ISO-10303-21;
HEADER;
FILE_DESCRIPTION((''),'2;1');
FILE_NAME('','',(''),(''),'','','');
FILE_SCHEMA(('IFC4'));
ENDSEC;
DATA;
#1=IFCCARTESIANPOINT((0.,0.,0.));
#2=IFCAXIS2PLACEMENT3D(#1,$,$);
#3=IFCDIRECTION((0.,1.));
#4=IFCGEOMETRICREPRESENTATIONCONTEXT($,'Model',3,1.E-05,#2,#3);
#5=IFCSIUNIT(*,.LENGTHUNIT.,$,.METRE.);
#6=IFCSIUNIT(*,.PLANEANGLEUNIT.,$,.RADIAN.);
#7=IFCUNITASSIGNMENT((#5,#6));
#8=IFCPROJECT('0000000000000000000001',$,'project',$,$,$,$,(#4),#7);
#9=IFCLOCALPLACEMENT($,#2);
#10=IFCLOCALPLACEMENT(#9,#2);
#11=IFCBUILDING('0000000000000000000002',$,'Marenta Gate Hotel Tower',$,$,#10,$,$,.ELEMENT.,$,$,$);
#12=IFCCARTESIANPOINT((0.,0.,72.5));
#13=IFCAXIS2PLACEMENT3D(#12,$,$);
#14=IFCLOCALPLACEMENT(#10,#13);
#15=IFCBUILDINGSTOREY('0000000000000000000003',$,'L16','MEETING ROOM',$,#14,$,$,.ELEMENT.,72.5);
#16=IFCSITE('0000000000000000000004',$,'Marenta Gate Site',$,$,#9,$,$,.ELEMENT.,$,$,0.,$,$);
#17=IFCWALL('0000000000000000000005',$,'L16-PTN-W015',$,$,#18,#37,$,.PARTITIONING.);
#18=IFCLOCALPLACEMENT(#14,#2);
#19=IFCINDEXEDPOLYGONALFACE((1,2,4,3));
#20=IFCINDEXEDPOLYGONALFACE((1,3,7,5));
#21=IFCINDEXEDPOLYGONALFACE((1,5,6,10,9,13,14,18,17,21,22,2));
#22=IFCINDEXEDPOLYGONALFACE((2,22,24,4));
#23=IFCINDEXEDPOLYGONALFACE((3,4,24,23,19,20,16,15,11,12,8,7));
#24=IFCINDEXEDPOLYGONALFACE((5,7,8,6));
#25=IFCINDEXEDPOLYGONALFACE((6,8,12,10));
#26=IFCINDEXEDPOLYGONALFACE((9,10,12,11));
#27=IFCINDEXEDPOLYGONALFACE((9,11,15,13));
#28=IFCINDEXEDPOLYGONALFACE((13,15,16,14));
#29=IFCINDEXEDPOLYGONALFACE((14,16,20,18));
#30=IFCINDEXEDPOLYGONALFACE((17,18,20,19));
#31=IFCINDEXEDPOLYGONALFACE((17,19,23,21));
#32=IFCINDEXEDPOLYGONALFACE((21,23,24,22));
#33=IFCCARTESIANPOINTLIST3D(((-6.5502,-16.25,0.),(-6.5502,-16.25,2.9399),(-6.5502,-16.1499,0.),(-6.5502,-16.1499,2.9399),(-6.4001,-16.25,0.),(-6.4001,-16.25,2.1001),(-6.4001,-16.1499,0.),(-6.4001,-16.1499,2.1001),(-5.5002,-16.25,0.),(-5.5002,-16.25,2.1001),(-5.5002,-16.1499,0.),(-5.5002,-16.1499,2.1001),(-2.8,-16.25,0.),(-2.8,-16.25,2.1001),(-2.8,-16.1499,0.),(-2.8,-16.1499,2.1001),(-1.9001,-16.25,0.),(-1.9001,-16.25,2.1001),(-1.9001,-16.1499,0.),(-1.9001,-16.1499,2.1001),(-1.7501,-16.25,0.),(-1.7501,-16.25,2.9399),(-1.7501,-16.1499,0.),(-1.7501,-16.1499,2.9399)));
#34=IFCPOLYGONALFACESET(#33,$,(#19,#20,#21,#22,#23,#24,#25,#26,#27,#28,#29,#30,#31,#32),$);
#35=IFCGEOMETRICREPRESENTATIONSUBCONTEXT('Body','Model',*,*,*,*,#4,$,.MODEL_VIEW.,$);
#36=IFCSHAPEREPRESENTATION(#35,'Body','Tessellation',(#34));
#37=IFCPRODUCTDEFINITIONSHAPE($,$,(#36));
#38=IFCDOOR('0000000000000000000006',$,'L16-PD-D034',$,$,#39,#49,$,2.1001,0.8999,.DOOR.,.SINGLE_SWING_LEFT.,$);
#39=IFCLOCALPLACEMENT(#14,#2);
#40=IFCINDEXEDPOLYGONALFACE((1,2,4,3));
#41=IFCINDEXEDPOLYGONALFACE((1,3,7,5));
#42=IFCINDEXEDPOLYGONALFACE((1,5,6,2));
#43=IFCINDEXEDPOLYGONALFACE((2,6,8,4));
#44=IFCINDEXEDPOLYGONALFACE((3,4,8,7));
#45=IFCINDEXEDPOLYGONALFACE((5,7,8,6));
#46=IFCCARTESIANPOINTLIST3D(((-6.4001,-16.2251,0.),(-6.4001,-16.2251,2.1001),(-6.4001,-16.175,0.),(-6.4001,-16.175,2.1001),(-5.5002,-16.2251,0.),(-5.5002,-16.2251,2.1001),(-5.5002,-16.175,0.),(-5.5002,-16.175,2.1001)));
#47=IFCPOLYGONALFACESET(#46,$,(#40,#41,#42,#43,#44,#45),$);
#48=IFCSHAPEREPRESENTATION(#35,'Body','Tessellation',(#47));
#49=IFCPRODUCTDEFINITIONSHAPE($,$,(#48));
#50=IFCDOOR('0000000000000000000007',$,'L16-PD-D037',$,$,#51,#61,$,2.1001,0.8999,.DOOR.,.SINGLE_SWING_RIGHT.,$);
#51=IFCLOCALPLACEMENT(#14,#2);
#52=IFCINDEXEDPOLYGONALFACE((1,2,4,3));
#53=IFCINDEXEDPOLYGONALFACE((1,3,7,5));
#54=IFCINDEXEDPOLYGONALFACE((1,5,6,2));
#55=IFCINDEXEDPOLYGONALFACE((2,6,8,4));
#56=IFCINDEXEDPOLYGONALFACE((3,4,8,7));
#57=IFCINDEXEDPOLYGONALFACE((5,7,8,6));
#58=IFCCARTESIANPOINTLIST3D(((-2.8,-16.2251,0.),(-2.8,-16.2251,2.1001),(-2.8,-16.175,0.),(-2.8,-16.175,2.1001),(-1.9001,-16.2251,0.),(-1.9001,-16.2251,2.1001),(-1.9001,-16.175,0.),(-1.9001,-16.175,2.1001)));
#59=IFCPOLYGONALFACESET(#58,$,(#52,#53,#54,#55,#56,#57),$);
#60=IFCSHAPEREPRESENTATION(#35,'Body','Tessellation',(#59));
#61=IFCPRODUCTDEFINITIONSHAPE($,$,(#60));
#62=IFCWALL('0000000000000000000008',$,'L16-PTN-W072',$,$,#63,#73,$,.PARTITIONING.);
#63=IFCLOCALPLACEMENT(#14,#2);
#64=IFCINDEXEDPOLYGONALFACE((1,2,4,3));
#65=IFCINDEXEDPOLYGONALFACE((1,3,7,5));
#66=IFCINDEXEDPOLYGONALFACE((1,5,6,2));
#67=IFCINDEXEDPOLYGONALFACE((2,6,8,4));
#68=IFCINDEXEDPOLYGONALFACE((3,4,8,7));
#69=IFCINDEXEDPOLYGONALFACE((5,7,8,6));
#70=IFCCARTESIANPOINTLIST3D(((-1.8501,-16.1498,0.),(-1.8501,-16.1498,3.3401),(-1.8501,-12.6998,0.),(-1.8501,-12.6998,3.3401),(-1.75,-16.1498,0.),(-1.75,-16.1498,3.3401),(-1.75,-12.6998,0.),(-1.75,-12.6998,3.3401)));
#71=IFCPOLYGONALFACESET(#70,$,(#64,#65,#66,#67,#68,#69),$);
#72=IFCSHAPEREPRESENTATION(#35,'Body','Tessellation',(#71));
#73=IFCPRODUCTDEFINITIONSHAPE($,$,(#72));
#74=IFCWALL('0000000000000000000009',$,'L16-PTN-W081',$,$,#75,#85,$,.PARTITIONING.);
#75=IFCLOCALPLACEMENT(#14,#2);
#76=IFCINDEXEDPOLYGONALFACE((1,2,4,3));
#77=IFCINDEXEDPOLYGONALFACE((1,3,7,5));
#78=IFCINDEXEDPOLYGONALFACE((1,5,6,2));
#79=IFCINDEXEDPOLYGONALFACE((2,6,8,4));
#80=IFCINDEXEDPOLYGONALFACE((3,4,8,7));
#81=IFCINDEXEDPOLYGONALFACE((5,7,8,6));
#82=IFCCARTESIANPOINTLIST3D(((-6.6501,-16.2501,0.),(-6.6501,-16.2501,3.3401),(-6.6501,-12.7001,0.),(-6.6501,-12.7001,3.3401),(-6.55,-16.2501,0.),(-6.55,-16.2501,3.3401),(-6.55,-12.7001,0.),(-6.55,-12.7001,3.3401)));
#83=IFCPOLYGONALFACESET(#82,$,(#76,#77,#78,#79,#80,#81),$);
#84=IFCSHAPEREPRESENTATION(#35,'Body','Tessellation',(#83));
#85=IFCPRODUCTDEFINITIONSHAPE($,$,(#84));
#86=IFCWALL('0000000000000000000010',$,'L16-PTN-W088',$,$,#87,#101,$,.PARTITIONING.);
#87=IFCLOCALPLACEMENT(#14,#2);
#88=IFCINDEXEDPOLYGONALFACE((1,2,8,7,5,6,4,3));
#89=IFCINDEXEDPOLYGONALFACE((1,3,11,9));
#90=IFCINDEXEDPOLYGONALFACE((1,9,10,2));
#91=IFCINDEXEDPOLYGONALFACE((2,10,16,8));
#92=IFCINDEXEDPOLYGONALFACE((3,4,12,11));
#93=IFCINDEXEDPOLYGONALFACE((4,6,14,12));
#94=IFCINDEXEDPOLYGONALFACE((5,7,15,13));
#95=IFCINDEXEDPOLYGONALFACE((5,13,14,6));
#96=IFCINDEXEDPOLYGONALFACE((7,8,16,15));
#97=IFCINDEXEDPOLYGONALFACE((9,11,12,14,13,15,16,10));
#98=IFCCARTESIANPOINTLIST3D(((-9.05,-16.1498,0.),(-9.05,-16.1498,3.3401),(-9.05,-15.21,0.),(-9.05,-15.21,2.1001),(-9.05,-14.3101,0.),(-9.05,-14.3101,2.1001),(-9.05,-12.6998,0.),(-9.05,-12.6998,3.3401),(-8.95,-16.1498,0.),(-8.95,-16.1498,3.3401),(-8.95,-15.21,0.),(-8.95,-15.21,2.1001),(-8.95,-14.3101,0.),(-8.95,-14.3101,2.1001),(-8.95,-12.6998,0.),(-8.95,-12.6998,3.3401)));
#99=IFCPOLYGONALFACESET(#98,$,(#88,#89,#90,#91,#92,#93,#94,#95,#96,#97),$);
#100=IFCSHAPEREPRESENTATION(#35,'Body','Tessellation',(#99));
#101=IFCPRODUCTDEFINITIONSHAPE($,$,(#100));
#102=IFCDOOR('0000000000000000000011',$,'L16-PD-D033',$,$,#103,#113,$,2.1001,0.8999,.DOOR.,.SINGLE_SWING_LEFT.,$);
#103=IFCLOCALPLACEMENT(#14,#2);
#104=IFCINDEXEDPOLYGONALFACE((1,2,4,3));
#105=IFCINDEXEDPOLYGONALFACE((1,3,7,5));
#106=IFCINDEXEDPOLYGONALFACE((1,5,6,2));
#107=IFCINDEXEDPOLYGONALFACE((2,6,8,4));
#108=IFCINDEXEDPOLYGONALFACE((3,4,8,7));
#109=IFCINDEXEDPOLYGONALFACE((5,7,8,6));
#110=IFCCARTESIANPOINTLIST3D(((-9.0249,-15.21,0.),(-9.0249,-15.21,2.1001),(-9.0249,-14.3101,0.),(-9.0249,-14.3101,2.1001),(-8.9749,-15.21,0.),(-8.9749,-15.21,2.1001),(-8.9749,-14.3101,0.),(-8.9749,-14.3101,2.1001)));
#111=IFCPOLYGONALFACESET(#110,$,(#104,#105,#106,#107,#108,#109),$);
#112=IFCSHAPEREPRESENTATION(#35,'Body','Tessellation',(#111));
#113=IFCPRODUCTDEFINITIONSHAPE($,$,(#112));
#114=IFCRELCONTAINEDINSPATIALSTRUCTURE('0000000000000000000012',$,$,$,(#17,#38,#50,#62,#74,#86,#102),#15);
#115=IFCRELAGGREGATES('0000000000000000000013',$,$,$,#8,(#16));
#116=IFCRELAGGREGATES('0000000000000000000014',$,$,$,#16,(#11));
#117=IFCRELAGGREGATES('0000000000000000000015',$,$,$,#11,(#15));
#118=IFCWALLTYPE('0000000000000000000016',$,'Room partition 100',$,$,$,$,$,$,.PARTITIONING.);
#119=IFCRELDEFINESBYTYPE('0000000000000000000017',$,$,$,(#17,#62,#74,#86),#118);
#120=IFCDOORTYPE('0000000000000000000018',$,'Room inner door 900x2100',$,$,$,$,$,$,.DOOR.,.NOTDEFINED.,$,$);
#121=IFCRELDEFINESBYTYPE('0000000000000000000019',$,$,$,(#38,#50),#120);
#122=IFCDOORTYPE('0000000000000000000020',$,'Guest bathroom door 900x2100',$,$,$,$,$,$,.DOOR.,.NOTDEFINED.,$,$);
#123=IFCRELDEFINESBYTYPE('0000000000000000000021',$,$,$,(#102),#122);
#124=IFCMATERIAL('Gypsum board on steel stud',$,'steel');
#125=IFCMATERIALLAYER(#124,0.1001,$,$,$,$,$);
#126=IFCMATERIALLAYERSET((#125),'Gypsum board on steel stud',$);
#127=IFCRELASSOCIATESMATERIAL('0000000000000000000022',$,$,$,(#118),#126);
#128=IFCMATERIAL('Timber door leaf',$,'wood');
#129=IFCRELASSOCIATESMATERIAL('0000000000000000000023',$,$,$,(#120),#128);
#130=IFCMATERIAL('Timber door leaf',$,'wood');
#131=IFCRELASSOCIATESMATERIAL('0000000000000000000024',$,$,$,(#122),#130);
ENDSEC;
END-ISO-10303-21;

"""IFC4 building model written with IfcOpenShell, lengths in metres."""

from ifc_helpers import new_model, si_unit, direction, frame, frame_2d, origin, place, context, subcontext, project, spatial, rectangle, extrude, material, layer, layer_set, type_object, element, fill, save


model = new_model("IFC4")

# Units and contexts
model_context = context("Model", 3, precision=1e-05, world=origin(), true_north=direction((0.0, 1.0)))
body_context = subcontext(model_context, "Body", "Model", "MODEL_VIEW")
ifc_project = project(units=[si_unit("LENGTHUNIT", "METRE"), si_unit("PLANEANGLEUNIT", "RADIAN")], contexts=[model_context])

# Site, building, storey
site_placement = place(None, origin())
site = spatial("IfcSite", under=ifc_project, at=site_placement, Name="Marenta Gate Site", CompositionType="ELEMENT", RefElevation=0.0)
building_placement = place(site_placement, origin())
building = spatial("IfcBuilding", under=site, at=building_placement, Name="Marenta Gate Hotel Tower", CompositionType="ELEMENT")
storey_placement = place(building_placement, frame((0.0, 0.0, 72.5)))
storey = spatial("IfcBuildingStorey", under=building, at=storey_placement, Name="L16", Description="MEETING ROOM", CompositionType="ELEMENT", Elevation=72.5)

# Wall, openings, doors
ifc_material_1 = material(Name="Gypsum board on steel stud", Category="steel")
ifc_layer_1 = layer(ifc_material_1, 0.1001)
ifc_layer_set_1 = layer_set([ifc_layer_1], Name="Gypsum board on steel stud")
wall_type_1 = type_object("IfcWallType", Name="Room partition 100", PredefinedType="PARTITIONING", material=ifc_layer_set_1)
wall_1_placement = place(storey_placement, frame((-6.55, -16.2, 0.0), z_axis=(0.0, 0.0, 1.0), x_axis=(1.0, 0.0, 0.0)))
wall_1 = element("IfcWall", 1, at=wall_1_placement, inside=storey, type_object=wall_type_1, Name="L16-PTN-W015", PredefinedType="PARTITIONING", context=body_context, shape_type="SweptSolid", body=[
    extrude(rectangle(XDim=4.8, YDim=0.1001, at=frame_2d((2.3999, 0.0))), origin(), (0.0, 0.0, 1.0), 2.9399),
])
opening_1_placement = place(wall_1_placement, frame((0.1499, 0.0, 0.0)))
opening_1 = element("IfcOpeningElement", 2, at=opening_1_placement, cuts=wall_1, PredefinedType="OPENING", context=body_context, shape_type="SweptSolid", body=[
    extrude(rectangle(XDim=0.8999, YDim=2.1001, at=frame_2d((0.45, 1.05))), frame((0.0, 0.05, 0.0), z_axis=(0.0, -1.0, 0.0), x_axis=(1.0, 0.0, 0.0)), (0.0, 0.0, 1.0), 0.1001),
])
opening_2_placement = place(wall_1_placement, frame((3.75, 0.0, 0.0)))
opening_2 = element("IfcOpeningElement", 3, at=opening_2_placement, cuts=wall_1, PredefinedType="OPENING", context=body_context, shape_type="SweptSolid", body=[
    extrude(rectangle(XDim=0.8999, YDim=2.1001, at=frame_2d((0.45, 1.05))), frame((0.0, 0.05, 0.0), z_axis=(0.0, -1.0, 0.0), x_axis=(1.0, 0.0, 0.0)), (0.0, 0.0, 1.0), 0.1001),
])
ifc_material_2 = material(Name="Timber door leaf", Category="wood")
door_type_1 = type_object("IfcDoorType", Name="Room inner door 900x2100", OperationType="NOTDEFINED", PredefinedType="DOOR", material=ifc_material_2)
door_1_placement = place(opening_1_placement, origin())
door_1 = element("IfcDoor", 4, at=door_1_placement, inside=storey, type_object=door_type_1, Name="L16-PD-D034", OperationType="SINGLE_SWING_LEFT", OverallHeight=2.1001, OverallWidth=0.8999, PredefinedType="DOOR", context=body_context, shape_type="SweptSolid", body=[
    extrude(rectangle(XDim=0.8999, YDim=2.1001, at=frame_2d((0.45, 1.05))), frame((0.0, 0.0249, 0.0), z_axis=(0.0, -1.0, 0.0), x_axis=(1.0, 0.0, 0.0)), (0.0, 0.0, 1.0), 0.05),
])
fill(opening_1, door_1)
door_2_placement = place(opening_2_placement, origin())
door_2 = element("IfcDoor", 5, at=door_2_placement, inside=storey, type_object=door_type_1, Name="L16-PD-D037", OperationType="SINGLE_SWING_RIGHT", OverallHeight=2.1001, OverallWidth=0.8999, PredefinedType="DOOR", context=body_context, shape_type="SweptSolid", body=[
    extrude(rectangle(XDim=0.8999, YDim=2.1001, at=frame_2d((0.45, 1.05))), frame((0.0, 0.0249, 0.0), z_axis=(0.0, -1.0, 0.0), x_axis=(1.0, 0.0, 0.0)), (0.0, 0.0, 1.0), 0.05),
])
fill(opening_2, door_2)

# Walls
wall_2_placement = place(storey_placement, frame((-1.8, -16.1499, 0.0), z_axis=(0.0, 0.0, 1.0), x_axis=(0.0, 1.0, 0.0)))
element("IfcWall", 6, at=wall_2_placement, inside=storey, type_object=wall_type_1, Name="L16-PTN-W072", PredefinedType="PARTITIONING", context=body_context, shape_type="SweptSolid", body=[
    extrude(rectangle(XDim=3.45, YDim=0.1001, at=frame_2d((1.7251, 0.0))), origin(), (0.0, 0.0, 1.0), 3.3401),
])
wall_3_placement = place(storey_placement, frame((-6.6001, -16.25, 0.0), z_axis=(0.0, 0.0, 1.0), x_axis=(0.0, 1.0, 0.0)))
element("IfcWall", 7, at=wall_3_placement, inside=storey, type_object=wall_type_1, Name="L16-PTN-W081", PredefinedType="PARTITIONING", context=body_context, shape_type="SweptSolid", body=[
    extrude(rectangle(XDim=3.55, YDim=0.1001, at=frame_2d((1.7749, 0.0))), origin(), (0.0, 0.0, 1.0), 3.3401),
])

# Wall, opening, door
wall_4_placement = place(storey_placement, frame((-9.0, -16.1499, 0.0), z_axis=(0.0, 0.0, 1.0), x_axis=(0.0, 1.0, 0.0)))
wall_4 = element("IfcWall", 8, at=wall_4_placement, inside=storey, type_object=wall_type_1, Name="L16-PTN-W088", PredefinedType="PARTITIONING", context=body_context, shape_type="SweptSolid", body=[
    extrude(rectangle(XDim=3.45, YDim=0.1001, at=frame_2d((1.7251, 0.0))), origin(), (0.0, 0.0, 1.0), 3.3401),
])
opening_3_placement = place(wall_4_placement, frame((0.9399, 0.0, 0.0)))
opening_3 = element("IfcOpeningElement", 9, at=opening_3_placement, cuts=wall_4, PredefinedType="OPENING", context=body_context, shape_type="SweptSolid", body=[
    extrude(rectangle(XDim=0.8999, YDim=2.1001, at=frame_2d((0.45, 1.05))), frame((0.0, 0.05, 0.0), z_axis=(0.0, -1.0, 0.0), x_axis=(1.0, 0.0, 0.0)), (0.0, 0.0, 1.0), 0.1001),
])
ifc_material_3 = material(Name="Timber door leaf", Category="wood")
door_type_2 = type_object("IfcDoorType", Name="Guest bathroom door 900x2100", OperationType="NOTDEFINED", PredefinedType="DOOR", material=ifc_material_3)
door_3_placement = place(opening_3_placement, origin())
door_3 = element("IfcDoor", 10, at=door_3_placement, inside=storey, type_object=door_type_2, Name="L16-PD-D033", OperationType="SINGLE_SWING_LEFT", OverallHeight=2.1001, OverallWidth=0.8999, PredefinedType="DOOR", context=body_context, shape_type="SweptSolid", body=[
    extrude(rectangle(XDim=0.8999, YDim=2.1001, at=frame_2d((0.45, 1.05))), frame((0.0, 0.0249, 0.0), z_axis=(0.0, -1.0, 0.0), x_axis=(1.0, 0.0, 0.0)), (0.0, 0.0, 1.0), 0.05),
])
fill(opening_3, door_3)

save(model, "model.ifc")
